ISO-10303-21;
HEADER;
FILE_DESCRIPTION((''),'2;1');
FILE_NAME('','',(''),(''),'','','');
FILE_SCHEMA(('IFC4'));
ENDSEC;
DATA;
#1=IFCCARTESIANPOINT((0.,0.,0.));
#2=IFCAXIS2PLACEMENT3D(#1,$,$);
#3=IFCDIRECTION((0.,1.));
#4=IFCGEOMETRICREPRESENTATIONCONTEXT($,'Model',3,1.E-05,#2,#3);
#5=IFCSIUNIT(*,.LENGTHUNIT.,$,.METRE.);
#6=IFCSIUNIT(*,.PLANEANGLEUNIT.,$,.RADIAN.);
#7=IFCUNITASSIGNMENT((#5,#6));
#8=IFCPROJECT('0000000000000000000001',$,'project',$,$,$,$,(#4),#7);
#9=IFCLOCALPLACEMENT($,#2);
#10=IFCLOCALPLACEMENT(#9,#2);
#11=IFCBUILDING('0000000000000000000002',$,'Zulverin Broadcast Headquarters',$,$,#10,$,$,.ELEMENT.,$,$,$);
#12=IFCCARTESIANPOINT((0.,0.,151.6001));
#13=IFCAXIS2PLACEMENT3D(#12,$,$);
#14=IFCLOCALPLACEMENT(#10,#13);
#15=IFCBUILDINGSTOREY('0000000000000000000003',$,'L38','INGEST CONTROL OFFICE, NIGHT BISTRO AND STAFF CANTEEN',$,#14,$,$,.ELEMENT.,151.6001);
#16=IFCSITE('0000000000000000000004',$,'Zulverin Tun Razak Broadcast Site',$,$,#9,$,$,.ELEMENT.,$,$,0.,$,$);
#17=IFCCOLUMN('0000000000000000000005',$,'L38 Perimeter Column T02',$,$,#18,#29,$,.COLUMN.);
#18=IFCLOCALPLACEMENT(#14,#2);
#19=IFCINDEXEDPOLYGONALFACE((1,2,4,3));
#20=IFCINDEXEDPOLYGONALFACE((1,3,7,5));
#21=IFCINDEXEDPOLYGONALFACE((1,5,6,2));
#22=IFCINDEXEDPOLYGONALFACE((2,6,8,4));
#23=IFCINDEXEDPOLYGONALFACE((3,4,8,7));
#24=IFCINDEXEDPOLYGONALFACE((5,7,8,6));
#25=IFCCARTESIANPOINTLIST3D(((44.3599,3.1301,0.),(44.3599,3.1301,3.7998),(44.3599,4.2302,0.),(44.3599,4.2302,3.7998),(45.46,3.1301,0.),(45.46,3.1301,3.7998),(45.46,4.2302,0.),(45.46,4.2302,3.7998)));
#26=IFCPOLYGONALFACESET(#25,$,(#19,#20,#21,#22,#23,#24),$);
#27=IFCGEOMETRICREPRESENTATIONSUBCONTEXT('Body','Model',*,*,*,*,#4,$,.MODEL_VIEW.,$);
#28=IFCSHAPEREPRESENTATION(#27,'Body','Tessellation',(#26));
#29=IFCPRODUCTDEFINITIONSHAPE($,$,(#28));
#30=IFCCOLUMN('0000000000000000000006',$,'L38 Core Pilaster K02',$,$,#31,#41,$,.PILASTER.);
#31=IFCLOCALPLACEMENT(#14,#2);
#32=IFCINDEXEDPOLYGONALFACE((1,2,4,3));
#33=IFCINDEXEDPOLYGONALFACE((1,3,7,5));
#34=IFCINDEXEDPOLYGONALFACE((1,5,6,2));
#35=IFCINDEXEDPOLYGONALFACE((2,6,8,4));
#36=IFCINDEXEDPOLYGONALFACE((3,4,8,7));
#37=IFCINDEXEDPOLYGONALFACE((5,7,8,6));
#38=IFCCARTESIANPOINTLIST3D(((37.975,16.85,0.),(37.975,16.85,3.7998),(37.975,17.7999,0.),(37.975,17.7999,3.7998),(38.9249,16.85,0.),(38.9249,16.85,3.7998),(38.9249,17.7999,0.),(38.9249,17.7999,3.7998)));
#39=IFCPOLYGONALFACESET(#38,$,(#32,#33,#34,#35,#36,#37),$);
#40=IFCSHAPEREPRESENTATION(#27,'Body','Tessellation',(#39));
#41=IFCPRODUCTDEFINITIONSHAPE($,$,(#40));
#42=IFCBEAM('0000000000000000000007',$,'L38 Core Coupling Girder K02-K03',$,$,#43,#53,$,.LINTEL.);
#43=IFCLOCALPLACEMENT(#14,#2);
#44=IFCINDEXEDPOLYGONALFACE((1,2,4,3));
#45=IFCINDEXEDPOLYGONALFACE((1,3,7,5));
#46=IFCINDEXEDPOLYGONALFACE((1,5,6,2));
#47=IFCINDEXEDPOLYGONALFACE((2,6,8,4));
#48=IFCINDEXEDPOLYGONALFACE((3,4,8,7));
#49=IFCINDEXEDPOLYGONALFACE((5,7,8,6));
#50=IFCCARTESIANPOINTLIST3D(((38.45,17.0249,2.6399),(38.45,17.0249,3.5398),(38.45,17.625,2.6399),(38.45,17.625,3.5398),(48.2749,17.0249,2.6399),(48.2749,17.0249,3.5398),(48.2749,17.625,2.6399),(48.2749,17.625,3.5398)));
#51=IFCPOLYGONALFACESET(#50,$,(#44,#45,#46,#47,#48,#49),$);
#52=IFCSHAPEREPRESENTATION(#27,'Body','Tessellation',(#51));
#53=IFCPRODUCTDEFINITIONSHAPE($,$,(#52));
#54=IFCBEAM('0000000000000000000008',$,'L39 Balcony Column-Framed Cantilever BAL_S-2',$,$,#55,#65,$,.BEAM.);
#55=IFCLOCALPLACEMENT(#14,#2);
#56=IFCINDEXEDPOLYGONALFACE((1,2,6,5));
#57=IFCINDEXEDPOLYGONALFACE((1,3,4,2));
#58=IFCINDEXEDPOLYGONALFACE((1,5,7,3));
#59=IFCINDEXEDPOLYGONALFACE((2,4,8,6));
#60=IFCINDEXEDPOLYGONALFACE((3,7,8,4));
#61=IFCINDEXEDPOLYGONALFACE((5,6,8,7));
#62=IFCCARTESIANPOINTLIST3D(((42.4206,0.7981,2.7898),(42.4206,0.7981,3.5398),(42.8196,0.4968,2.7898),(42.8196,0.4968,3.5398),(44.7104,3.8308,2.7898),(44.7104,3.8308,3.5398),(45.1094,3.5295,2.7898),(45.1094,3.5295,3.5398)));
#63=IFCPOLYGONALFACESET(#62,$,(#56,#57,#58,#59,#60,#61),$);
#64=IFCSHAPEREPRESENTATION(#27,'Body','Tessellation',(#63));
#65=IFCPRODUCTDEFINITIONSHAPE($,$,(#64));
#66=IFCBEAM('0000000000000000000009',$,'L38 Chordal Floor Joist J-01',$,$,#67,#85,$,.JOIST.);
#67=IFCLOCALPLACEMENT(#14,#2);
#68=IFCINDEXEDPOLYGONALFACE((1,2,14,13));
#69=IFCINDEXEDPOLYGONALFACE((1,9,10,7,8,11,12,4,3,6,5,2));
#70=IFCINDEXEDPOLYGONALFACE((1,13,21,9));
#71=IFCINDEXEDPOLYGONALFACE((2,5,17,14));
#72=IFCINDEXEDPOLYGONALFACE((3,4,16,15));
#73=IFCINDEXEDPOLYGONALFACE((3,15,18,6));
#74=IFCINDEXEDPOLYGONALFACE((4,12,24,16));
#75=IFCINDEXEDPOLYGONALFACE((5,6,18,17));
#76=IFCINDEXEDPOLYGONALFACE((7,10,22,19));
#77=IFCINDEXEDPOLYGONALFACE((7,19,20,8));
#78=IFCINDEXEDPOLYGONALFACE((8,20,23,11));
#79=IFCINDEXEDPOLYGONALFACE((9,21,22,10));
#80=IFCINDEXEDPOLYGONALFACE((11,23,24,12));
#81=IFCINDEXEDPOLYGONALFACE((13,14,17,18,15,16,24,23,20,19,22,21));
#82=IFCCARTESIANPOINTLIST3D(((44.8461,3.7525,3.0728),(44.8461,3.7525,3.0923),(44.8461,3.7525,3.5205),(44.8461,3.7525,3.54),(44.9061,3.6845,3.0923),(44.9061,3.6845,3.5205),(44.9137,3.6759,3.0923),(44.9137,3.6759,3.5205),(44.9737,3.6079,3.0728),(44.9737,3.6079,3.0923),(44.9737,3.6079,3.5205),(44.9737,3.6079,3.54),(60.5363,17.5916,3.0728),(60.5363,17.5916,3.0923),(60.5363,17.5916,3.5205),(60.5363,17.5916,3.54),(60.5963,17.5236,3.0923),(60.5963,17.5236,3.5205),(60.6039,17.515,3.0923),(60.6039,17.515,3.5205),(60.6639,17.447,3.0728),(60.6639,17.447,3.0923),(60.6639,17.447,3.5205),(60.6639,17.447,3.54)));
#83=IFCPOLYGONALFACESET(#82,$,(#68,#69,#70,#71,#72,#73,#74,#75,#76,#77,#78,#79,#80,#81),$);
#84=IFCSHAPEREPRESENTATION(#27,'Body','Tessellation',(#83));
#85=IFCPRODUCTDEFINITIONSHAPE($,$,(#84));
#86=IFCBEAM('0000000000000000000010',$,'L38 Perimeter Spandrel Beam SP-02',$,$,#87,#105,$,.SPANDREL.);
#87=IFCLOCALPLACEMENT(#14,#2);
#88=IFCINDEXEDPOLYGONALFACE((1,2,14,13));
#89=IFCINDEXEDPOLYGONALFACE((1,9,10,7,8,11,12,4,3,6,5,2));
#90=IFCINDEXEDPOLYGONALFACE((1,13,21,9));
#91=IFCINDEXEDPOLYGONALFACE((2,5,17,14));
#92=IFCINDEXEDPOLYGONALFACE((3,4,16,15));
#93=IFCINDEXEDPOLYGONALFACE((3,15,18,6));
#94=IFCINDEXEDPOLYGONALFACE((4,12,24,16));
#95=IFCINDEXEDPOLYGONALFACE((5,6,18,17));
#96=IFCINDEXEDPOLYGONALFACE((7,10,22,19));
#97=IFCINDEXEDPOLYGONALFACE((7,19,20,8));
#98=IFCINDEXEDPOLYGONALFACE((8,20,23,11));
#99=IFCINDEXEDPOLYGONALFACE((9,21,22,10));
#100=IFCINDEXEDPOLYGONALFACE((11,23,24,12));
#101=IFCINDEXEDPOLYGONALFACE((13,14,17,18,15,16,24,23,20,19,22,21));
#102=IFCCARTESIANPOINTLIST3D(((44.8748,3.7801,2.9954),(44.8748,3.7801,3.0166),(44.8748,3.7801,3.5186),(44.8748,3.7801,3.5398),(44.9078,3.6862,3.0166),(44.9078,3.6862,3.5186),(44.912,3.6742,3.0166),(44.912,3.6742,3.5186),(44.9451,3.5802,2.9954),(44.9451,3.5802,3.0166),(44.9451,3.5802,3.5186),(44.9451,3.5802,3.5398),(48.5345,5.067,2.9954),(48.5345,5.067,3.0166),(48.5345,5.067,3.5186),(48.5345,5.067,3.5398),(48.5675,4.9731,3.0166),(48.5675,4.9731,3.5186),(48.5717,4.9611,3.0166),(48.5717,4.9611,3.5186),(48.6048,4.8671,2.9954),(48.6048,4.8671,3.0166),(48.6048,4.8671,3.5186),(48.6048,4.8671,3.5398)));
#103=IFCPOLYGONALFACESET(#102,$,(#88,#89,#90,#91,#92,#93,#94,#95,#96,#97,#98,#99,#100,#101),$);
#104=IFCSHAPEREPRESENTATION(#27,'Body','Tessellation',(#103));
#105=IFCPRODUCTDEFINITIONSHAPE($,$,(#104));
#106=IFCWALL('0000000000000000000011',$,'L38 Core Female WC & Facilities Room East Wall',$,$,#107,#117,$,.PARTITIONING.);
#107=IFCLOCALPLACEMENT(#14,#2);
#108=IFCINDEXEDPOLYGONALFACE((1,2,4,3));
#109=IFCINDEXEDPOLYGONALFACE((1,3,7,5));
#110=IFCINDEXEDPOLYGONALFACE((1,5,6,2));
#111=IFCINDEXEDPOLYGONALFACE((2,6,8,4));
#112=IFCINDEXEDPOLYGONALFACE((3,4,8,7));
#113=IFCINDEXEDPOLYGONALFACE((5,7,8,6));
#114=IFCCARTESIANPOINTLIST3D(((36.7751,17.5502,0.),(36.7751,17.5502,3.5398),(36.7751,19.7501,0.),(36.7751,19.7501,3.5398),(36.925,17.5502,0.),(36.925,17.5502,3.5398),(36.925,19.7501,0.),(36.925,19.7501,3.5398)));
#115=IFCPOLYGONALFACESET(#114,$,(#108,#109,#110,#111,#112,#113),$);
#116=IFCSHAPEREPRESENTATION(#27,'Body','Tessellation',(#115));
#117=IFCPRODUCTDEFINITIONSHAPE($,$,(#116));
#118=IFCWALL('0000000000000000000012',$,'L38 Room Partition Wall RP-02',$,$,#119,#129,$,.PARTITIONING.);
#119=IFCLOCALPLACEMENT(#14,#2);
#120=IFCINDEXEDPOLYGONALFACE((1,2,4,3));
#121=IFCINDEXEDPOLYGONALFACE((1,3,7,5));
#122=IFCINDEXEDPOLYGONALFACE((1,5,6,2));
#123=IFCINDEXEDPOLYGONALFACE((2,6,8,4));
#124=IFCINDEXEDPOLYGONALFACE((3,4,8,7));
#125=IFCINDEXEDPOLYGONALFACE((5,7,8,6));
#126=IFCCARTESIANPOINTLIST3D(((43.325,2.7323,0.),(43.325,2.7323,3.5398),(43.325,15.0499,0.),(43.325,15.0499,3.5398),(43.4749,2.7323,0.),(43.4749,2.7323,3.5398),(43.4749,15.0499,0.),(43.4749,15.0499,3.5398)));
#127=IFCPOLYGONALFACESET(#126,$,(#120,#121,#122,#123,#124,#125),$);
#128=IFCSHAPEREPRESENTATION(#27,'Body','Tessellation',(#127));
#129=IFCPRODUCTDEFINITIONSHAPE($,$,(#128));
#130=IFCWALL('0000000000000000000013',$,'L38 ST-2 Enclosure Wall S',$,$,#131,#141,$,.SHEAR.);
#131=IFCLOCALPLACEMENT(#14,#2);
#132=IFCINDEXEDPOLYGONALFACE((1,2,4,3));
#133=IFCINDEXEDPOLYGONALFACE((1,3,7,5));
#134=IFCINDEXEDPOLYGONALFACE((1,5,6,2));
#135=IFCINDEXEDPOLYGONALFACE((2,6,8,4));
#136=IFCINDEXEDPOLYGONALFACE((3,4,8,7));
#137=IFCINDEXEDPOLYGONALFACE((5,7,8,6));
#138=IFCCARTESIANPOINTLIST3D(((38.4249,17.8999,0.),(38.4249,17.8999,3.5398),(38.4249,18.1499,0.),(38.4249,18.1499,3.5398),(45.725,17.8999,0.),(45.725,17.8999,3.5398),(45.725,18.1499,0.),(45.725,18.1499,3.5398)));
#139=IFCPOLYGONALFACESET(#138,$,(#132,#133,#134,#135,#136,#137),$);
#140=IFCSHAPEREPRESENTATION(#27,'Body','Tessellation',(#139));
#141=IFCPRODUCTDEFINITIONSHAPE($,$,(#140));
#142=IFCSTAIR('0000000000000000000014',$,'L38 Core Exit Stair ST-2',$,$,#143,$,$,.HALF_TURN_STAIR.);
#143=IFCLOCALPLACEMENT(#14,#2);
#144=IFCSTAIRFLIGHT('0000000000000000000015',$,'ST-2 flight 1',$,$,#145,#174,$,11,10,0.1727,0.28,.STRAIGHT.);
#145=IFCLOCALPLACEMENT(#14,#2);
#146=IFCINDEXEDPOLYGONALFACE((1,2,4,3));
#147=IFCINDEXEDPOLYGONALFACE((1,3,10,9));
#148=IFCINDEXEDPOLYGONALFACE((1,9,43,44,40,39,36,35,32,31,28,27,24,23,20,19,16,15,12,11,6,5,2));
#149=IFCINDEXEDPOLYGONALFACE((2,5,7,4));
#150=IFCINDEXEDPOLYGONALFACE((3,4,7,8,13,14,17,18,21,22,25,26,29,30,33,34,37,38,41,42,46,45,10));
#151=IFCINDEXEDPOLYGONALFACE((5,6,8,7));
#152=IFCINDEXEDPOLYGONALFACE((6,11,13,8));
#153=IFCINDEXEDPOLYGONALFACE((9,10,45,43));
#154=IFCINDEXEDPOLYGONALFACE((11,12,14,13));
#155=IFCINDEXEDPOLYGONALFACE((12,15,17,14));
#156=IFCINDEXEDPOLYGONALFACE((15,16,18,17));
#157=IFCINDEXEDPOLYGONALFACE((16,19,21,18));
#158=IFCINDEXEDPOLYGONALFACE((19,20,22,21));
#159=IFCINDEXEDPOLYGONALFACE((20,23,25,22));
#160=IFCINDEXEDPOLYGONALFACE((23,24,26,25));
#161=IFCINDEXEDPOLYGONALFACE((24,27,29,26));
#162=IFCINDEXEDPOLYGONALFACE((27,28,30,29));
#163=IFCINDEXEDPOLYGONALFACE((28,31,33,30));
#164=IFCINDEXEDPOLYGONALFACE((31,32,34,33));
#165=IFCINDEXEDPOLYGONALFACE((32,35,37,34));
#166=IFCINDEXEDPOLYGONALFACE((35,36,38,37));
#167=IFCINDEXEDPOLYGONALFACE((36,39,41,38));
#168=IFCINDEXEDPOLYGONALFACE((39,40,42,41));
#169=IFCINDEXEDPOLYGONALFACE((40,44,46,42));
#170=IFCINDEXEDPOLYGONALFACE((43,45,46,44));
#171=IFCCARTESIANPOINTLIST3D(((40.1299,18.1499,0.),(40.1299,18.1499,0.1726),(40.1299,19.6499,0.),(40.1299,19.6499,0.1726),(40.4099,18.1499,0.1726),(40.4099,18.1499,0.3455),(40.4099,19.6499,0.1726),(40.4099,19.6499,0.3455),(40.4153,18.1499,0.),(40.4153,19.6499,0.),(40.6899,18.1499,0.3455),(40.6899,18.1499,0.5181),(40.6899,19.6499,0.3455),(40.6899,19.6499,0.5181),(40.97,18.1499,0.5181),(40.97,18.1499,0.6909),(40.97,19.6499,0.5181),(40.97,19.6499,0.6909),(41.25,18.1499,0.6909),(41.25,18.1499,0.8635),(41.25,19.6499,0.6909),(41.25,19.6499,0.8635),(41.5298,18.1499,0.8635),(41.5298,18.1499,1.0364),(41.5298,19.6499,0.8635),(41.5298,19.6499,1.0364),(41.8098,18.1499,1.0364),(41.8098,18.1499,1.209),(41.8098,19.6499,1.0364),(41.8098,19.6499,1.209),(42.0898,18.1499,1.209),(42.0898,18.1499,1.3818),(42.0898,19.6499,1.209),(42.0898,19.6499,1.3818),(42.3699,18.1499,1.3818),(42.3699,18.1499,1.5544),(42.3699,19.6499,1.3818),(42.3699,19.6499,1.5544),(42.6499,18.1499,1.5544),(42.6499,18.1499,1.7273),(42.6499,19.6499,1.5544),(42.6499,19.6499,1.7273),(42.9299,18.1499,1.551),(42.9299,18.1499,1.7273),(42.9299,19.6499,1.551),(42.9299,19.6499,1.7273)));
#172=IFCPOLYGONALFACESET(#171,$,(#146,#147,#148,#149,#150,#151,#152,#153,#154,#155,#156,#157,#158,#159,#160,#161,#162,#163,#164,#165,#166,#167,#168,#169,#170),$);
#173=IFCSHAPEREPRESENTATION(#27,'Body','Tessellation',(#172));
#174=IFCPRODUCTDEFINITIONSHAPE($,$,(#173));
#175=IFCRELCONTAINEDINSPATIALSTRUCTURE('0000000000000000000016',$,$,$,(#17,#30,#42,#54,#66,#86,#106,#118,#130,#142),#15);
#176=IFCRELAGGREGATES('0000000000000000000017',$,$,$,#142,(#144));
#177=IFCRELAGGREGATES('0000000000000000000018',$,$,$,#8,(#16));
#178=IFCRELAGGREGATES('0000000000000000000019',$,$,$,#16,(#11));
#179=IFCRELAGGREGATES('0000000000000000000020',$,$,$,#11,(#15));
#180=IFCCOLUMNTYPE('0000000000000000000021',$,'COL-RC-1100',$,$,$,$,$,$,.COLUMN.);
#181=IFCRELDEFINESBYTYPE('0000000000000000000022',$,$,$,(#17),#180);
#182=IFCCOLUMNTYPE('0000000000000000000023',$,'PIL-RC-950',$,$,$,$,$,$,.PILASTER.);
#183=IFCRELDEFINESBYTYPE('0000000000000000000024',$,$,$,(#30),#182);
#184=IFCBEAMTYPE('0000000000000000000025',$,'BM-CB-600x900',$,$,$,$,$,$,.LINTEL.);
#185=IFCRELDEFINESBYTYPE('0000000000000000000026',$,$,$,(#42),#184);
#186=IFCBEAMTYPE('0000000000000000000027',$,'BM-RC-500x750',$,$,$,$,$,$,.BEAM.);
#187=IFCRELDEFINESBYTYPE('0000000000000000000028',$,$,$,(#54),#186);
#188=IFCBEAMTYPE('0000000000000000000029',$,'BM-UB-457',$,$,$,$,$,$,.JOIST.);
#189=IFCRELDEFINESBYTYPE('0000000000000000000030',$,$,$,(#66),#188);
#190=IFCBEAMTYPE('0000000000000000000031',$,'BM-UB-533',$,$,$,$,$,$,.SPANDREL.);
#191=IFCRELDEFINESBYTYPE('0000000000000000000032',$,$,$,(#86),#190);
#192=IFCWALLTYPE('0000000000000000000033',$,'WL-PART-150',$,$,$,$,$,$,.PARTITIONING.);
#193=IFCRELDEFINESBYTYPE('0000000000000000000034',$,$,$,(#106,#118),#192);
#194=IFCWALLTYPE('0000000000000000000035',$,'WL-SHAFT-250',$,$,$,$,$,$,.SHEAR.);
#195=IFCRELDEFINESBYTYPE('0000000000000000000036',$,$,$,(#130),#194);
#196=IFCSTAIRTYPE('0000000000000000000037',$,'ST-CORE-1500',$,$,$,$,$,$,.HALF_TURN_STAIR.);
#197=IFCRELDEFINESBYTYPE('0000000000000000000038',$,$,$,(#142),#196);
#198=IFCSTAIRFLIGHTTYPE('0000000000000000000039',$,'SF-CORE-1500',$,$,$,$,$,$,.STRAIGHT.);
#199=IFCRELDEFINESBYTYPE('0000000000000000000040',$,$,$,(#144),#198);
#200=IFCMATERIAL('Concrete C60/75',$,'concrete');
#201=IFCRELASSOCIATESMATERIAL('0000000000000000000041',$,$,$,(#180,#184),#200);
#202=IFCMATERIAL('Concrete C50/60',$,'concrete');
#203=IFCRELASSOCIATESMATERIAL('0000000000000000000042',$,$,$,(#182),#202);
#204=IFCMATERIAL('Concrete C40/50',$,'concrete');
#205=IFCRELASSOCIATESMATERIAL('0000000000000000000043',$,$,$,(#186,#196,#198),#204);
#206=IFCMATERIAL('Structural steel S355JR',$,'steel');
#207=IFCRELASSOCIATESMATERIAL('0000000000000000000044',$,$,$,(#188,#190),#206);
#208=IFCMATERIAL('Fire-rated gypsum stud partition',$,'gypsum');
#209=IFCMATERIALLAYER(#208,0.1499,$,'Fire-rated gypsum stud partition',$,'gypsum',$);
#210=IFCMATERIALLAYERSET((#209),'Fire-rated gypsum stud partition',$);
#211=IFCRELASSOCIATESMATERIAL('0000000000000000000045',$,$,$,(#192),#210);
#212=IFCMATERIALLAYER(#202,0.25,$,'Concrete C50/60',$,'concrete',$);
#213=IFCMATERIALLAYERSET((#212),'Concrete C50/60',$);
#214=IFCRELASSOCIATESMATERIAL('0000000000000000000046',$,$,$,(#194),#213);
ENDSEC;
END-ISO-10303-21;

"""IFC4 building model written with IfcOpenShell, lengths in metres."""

from ifc_helpers import new_model, si_unit, direction, frame, frame_2d, origin, origin_2d, place, context, subcontext, project, spatial, polyline, rectangle, i_section, outline, extrude, material, layer, layer_set, material_profile, profile_set, type_object, element, aggregate, save


model = new_model("IFC4")

# Units and contexts
model_context = context("Model", 3, precision=1e-05, world=origin(), true_north=direction((0.0, 1.0)))
body_context = subcontext(model_context, "Body", "Model", "MODEL_VIEW")
ifc_project = project(units=[si_unit("LENGTHUNIT", "METRE"), si_unit("PLANEANGLEUNIT", "RADIAN")], contexts=[model_context])

# Site, building, storey
site_placement = place(None, origin())
site = spatial("IfcSite", under=ifc_project, at=site_placement, Name="Zulverin Tun Razak Broadcast Site", CompositionType="ELEMENT", RefElevation=0.0)
building_placement = place(site_placement, origin())
building = spatial("IfcBuilding", under=site, at=building_placement, Name="Zulverin Broadcast Headquarters", CompositionType="ELEMENT")
storey_placement = place(building_placement, frame((0.0, 0.0, 151.6001)))
storey = spatial("IfcBuildingStorey", under=building, at=storey_placement, Name="L38", Description="INGEST CONTROL OFFICE, NIGHT BISTRO AND STAFF CANTEEN", CompositionType="ELEMENT", Elevation=151.6001)

# Columns
ifc_material_1 = material(Name="Concrete C60/75", Category="concrete")
ifc_material_profile_1 = material_profile(ifc_material_1, rectangle(XDim=1.1001, YDim=1.1001, at=origin_2d()), Name="Concrete C60/75", Category="concrete")
ifc_profile_set_1 = profile_set([ifc_material_profile_1], Name="Concrete C60/75")
column_type_1 = type_object("IfcColumnType", Name="COL-RC-1100", PredefinedType="COLUMN", material=ifc_profile_set_1)
column_1_placement = place(storey_placement, frame((44.9099, 3.6802, 0.0), z_axis=(0.0, 0.0, 1.0), x_axis=(1.0, 0.0, 0.0)))
element("IfcColumn", 1, at=column_1_placement, inside=storey, type_object=column_type_1, Name="L38 Perimeter Column T02", PredefinedType="COLUMN", context=body_context, shape_type="SweptSolid", body=[
    extrude(rectangle(XDim=1.1001, YDim=1.1001, at=origin_2d()), origin(), (0.0, 0.0, 1.0), 3.7998),
])
ifc_material_2 = material(Name="Concrete C50/60", Category="concrete")
ifc_material_profile_2 = material_profile(ifc_material_2, rectangle(XDim=0.95, YDim=0.95, at=origin_2d()), Name="Concrete C50/60", Category="concrete")
ifc_profile_set_2 = profile_set([ifc_material_profile_2], Name="Concrete C50/60")
column_type_2 = type_object("IfcColumnType", Name="PIL-RC-950", PredefinedType="PILASTER", material=ifc_profile_set_2)
column_2_placement = place(storey_placement, frame((38.45, 17.325, 0.0), z_axis=(0.0, 0.0, 1.0), x_axis=(1.0, 0.0, 0.0)))
element("IfcColumn", 2, at=column_2_placement, inside=storey, type_object=column_type_2, Name="L38 Core Pilaster K02", PredefinedType="PILASTER", context=body_context, shape_type="SweptSolid", body=[
    extrude(rectangle(XDim=0.95, YDim=0.95, at=origin_2d()), origin(), (0.0, 0.0, 1.0), 3.7998),
])

# Beams
ifc_material_profile_3 = material_profile(ifc_material_1, rectangle(XDim=0.6001, YDim=0.8999, at=origin_2d()), Name="Concrete C60/75", Category="concrete")
ifc_profile_set_3 = profile_set([ifc_material_profile_3], Name="Concrete C60/75")
beam_type_1 = type_object("IfcBeamType", Name="BM-CB-600x900", PredefinedType="LINTEL", material=ifc_profile_set_3)
beam_1_placement = place(storey_placement, frame((38.45, 17.325, 3.0898), z_axis=(1.0, 0.0, 0.0), x_axis=(0.0, 1.0, 0.0)))
element("IfcBeam", 3, at=beam_1_placement, inside=storey, type_object=beam_type_1, Name="L38 Core Coupling Girder K02-K03", PredefinedType="LINTEL", context=body_context, shape_type="SweptSolid", body=[
    extrude(rectangle(XDim=0.6001, YDim=0.8999, at=origin_2d()), origin(), (0.0, 0.0, 1.0), 9.825),
])
ifc_material_3 = material(Name="Concrete C40/50", Category="concrete")
ifc_material_profile_4 = material_profile(ifc_material_3, rectangle(XDim=0.5, YDim=0.75, at=origin_2d()), Name="Concrete C40/50", Category="concrete")
ifc_profile_set_4 = profile_set([ifc_material_profile_4], Name="Concrete C40/50")
beam_type_2 = type_object("IfcBeamType", Name="BM-RC-500x750", PredefinedType="BEAM", material=ifc_profile_set_4)
beam_2_placement = place(storey_placement, frame((44.9099, 3.6802, 3.1648), z_axis=(-0.602567, -0.798068, 0.0), x_axis=(0.798068, -0.602567, 0.0)))
element("IfcBeam", 4, at=beam_2_placement, inside=storey, type_object=beam_type_2, Name="L39 Balcony Column-Framed Cantilever BAL_S-2", PredefinedType="BEAM", context=body_context, shape_type="SweptSolid", body=[
    extrude(rectangle(XDim=0.5, YDim=0.75, at=origin_2d()), origin(), (0.0, 0.0, 1.0), 3.8),
])
ifc_material_4 = material(Name="Structural steel S355JR", Category="steel")
ifc_material_profile_5 = material_profile(ifc_material_4, i_section(OverallWidth=0.1929, OverallDepth=0.4673, WebThickness=0.0115, FlangeThickness=0.0195, at=origin_2d()), Name="Structural steel S355JR", Category="steel")
ifc_profile_set_5 = profile_set([ifc_material_profile_5], Name="Structural steel S355JR")
beam_type_3 = type_object("IfcBeamType", Name="BM-UB-457", PredefinedType="JOIST", material=ifc_profile_set_5)
beam_3_placement = place(storey_placement, frame((44.9099, 3.6802, 3.3064), z_axis=(0.74996, 0.661483, 0.0), x_axis=(-0.661483, 0.74996, 0.0)))
element("IfcBeam", 5, at=beam_3_placement, inside=storey, type_object=beam_type_3, Name="L38 Chordal Floor Joist J-01", PredefinedType="JOIST", context=body_context, shape_type="SweptSolid", body=[
    extrude(i_section(OverallWidth=0.1929, OverallDepth=0.4673, WebThickness=0.0115, FlangeThickness=0.0195, at=origin_2d()), origin(), (0.0, 0.0, 1.0), 20.9214),
])
ifc_material_profile_6 = material_profile(ifc_material_4, i_section(OverallWidth=0.2119, OverallDepth=0.5444, WebThickness=0.0127, FlangeThickness=0.0212, at=origin_2d()), Name="Structural steel S355JR", Category="steel")
ifc_profile_set_6 = profile_set([ifc_material_profile_6], Name="Structural steel S355JR")
beam_type_4 = type_object("IfcBeamType", Name="BM-UB-533", PredefinedType="SPANDREL", material=ifc_profile_set_6)
beam_4_placement = place(storey_placement, frame((44.9099, 3.6802, 3.2676), z_axis=(0.943377, 0.331724, 0.0), x_axis=(-0.331724, 0.943377, 0.0)))
element("IfcBeam", 6, at=beam_4_placement, inside=storey, type_object=beam_type_4, Name="L38 Perimeter Spandrel Beam SP-02", PredefinedType="SPANDREL", context=body_context, shape_type="SweptSolid", body=[
    extrude(i_section(OverallWidth=0.2119, OverallDepth=0.5444, WebThickness=0.0127, FlangeThickness=0.0212, at=origin_2d()), origin(), (0.0, 0.0, 1.0), 3.8794),
])

# Walls
ifc_material_5 = material(Name="Fire-rated gypsum stud partition", Category="gypsum")
ifc_layer_1 = layer(ifc_material_5, 0.1499, Name="Fire-rated gypsum stud partition", Category="gypsum")
ifc_layer_set_1 = layer_set([ifc_layer_1], Name="Fire-rated gypsum stud partition")
wall_type_1 = type_object("IfcWallType", Name="WL-PART-150", PredefinedType="PARTITIONING", material=ifc_layer_set_1)
wall_1_placement = place(storey_placement, frame((36.8501, 17.55, 0.0), z_axis=(0.0, 0.0, 1.0), x_axis=(0.0, 1.0, 0.0)))
element("IfcWall", 7, at=wall_1_placement, inside=storey, type_object=wall_type_1, Name="L38 Core Female WC & Facilities Room East Wall", PredefinedType="PARTITIONING", context=body_context, shape_type="SweptSolid", body=[
    extrude(rectangle(XDim=2.2, YDim=0.1499, at=frame_2d((1.1001, 0.0))), origin(), (0.0, 0.0, 1.0), 3.5398),
])
wall_2_placement = place(storey_placement, frame((43.3999, 2.7324, 0.0), z_axis=(0.0, 0.0, 1.0), x_axis=(0.0, 1.0, 0.0)))
element("IfcWall", 8, at=wall_2_placement, inside=storey, type_object=wall_type_1, Name="L38 Room Partition Wall RP-02", PredefinedType="PARTITIONING", context=body_context, shape_type="SweptSolid", body=[
    extrude(rectangle(XDim=12.3176, YDim=0.1499, at=frame_2d((6.1587, 0.0))), origin(), (0.0, 0.0, 1.0), 3.5398),
])
ifc_layer_2 = layer(ifc_material_2, 0.25, Name="Concrete C50/60", Category="concrete")
ifc_layer_set_2 = layer_set([ifc_layer_2], Name="Concrete C50/60")
wall_type_2 = type_object("IfcWallType", Name="WL-SHAFT-250", PredefinedType="SHEAR", material=ifc_layer_set_2)
wall_3_placement = place(storey_placement, frame((38.425, 18.0249, 0.0), z_axis=(0.0, 0.0, 1.0), x_axis=(1.0, 0.0, 0.0)))
element("IfcWall", 9, at=wall_3_placement, inside=storey, type_object=wall_type_2, Name="L38 ST-2 Enclosure Wall S", PredefinedType="SHEAR", context=body_context, shape_type="SweptSolid", body=[
    extrude(rectangle(XDim=7.3, YDim=0.25, at=frame_2d((3.6499, 0.0))), origin(), (0.0, 0.0, 1.0), 3.5398),
])

# Stair, stair flight
stair_type = type_object("IfcStairType", Name="ST-CORE-1500", PredefinedType="HALF_TURN_STAIR", material=ifc_material_3)
stair_placement = place(storey_placement, origin())
stair = element("IfcStair", 10, at=stair_placement, inside=storey, type_object=stair_type, Name="L38 Core Exit Stair ST-2", PredefinedType="HALF_TURN_STAIR")
stair_flight_type = type_object("IfcStairFlightType", Name="SF-CORE-1500", PredefinedType="STRAIGHT", material=ifc_material_3)
stair_flight_placement = place(storey_placement, frame((40.1299, 18.8999, 0.0), z_axis=(0.0, 0.0, 1.0), x_axis=(1.0, 0.0, 0.0)))
stair_flight = element("IfcStairFlight", 11, at=stair_flight_placement, type_object=stair_flight_type, Name="ST-2 flight 1", NumberOfRisers=11, NumberOfTreads=10, PredefinedType="STRAIGHT", RiserHeight=0.1727, TreadLength=0.28, context=body_context, shape_type="SweptSolid", body=[
    extrude(outline(polyline([(0.0, 0.0), (0.0, 0.1726), (0.28, 0.1726), (0.28, 0.3455), (0.5601, 0.3455), (0.5601, 0.5181), (0.8401, 0.5181), (0.8401, 0.6909), (1.1201, 0.6909), (1.1201, 0.8635), (1.3999, 0.8635), (1.3999, 1.0364), (1.6799, 1.0364), (1.6799, 1.209), (1.96, 1.209), (1.96, 1.3818), (2.24, 1.3818), (2.24, 1.5544), (2.52, 1.5544), (2.52, 1.7273), (2.8, 1.7273), (2.8, 1.8999), (2.8, 1.551), (0.2854, 0.0), (0.0, 0.0)])), frame((0.0, 0.75, 0.0), z_axis=(0.0, -1.0, 0.0), x_axis=(1.0, 0.0, 0.0)), (0.0, 0.0, 1.0), 1.5),
])
aggregate(stair, [stair_flight])

save(model, "model.ifc")
